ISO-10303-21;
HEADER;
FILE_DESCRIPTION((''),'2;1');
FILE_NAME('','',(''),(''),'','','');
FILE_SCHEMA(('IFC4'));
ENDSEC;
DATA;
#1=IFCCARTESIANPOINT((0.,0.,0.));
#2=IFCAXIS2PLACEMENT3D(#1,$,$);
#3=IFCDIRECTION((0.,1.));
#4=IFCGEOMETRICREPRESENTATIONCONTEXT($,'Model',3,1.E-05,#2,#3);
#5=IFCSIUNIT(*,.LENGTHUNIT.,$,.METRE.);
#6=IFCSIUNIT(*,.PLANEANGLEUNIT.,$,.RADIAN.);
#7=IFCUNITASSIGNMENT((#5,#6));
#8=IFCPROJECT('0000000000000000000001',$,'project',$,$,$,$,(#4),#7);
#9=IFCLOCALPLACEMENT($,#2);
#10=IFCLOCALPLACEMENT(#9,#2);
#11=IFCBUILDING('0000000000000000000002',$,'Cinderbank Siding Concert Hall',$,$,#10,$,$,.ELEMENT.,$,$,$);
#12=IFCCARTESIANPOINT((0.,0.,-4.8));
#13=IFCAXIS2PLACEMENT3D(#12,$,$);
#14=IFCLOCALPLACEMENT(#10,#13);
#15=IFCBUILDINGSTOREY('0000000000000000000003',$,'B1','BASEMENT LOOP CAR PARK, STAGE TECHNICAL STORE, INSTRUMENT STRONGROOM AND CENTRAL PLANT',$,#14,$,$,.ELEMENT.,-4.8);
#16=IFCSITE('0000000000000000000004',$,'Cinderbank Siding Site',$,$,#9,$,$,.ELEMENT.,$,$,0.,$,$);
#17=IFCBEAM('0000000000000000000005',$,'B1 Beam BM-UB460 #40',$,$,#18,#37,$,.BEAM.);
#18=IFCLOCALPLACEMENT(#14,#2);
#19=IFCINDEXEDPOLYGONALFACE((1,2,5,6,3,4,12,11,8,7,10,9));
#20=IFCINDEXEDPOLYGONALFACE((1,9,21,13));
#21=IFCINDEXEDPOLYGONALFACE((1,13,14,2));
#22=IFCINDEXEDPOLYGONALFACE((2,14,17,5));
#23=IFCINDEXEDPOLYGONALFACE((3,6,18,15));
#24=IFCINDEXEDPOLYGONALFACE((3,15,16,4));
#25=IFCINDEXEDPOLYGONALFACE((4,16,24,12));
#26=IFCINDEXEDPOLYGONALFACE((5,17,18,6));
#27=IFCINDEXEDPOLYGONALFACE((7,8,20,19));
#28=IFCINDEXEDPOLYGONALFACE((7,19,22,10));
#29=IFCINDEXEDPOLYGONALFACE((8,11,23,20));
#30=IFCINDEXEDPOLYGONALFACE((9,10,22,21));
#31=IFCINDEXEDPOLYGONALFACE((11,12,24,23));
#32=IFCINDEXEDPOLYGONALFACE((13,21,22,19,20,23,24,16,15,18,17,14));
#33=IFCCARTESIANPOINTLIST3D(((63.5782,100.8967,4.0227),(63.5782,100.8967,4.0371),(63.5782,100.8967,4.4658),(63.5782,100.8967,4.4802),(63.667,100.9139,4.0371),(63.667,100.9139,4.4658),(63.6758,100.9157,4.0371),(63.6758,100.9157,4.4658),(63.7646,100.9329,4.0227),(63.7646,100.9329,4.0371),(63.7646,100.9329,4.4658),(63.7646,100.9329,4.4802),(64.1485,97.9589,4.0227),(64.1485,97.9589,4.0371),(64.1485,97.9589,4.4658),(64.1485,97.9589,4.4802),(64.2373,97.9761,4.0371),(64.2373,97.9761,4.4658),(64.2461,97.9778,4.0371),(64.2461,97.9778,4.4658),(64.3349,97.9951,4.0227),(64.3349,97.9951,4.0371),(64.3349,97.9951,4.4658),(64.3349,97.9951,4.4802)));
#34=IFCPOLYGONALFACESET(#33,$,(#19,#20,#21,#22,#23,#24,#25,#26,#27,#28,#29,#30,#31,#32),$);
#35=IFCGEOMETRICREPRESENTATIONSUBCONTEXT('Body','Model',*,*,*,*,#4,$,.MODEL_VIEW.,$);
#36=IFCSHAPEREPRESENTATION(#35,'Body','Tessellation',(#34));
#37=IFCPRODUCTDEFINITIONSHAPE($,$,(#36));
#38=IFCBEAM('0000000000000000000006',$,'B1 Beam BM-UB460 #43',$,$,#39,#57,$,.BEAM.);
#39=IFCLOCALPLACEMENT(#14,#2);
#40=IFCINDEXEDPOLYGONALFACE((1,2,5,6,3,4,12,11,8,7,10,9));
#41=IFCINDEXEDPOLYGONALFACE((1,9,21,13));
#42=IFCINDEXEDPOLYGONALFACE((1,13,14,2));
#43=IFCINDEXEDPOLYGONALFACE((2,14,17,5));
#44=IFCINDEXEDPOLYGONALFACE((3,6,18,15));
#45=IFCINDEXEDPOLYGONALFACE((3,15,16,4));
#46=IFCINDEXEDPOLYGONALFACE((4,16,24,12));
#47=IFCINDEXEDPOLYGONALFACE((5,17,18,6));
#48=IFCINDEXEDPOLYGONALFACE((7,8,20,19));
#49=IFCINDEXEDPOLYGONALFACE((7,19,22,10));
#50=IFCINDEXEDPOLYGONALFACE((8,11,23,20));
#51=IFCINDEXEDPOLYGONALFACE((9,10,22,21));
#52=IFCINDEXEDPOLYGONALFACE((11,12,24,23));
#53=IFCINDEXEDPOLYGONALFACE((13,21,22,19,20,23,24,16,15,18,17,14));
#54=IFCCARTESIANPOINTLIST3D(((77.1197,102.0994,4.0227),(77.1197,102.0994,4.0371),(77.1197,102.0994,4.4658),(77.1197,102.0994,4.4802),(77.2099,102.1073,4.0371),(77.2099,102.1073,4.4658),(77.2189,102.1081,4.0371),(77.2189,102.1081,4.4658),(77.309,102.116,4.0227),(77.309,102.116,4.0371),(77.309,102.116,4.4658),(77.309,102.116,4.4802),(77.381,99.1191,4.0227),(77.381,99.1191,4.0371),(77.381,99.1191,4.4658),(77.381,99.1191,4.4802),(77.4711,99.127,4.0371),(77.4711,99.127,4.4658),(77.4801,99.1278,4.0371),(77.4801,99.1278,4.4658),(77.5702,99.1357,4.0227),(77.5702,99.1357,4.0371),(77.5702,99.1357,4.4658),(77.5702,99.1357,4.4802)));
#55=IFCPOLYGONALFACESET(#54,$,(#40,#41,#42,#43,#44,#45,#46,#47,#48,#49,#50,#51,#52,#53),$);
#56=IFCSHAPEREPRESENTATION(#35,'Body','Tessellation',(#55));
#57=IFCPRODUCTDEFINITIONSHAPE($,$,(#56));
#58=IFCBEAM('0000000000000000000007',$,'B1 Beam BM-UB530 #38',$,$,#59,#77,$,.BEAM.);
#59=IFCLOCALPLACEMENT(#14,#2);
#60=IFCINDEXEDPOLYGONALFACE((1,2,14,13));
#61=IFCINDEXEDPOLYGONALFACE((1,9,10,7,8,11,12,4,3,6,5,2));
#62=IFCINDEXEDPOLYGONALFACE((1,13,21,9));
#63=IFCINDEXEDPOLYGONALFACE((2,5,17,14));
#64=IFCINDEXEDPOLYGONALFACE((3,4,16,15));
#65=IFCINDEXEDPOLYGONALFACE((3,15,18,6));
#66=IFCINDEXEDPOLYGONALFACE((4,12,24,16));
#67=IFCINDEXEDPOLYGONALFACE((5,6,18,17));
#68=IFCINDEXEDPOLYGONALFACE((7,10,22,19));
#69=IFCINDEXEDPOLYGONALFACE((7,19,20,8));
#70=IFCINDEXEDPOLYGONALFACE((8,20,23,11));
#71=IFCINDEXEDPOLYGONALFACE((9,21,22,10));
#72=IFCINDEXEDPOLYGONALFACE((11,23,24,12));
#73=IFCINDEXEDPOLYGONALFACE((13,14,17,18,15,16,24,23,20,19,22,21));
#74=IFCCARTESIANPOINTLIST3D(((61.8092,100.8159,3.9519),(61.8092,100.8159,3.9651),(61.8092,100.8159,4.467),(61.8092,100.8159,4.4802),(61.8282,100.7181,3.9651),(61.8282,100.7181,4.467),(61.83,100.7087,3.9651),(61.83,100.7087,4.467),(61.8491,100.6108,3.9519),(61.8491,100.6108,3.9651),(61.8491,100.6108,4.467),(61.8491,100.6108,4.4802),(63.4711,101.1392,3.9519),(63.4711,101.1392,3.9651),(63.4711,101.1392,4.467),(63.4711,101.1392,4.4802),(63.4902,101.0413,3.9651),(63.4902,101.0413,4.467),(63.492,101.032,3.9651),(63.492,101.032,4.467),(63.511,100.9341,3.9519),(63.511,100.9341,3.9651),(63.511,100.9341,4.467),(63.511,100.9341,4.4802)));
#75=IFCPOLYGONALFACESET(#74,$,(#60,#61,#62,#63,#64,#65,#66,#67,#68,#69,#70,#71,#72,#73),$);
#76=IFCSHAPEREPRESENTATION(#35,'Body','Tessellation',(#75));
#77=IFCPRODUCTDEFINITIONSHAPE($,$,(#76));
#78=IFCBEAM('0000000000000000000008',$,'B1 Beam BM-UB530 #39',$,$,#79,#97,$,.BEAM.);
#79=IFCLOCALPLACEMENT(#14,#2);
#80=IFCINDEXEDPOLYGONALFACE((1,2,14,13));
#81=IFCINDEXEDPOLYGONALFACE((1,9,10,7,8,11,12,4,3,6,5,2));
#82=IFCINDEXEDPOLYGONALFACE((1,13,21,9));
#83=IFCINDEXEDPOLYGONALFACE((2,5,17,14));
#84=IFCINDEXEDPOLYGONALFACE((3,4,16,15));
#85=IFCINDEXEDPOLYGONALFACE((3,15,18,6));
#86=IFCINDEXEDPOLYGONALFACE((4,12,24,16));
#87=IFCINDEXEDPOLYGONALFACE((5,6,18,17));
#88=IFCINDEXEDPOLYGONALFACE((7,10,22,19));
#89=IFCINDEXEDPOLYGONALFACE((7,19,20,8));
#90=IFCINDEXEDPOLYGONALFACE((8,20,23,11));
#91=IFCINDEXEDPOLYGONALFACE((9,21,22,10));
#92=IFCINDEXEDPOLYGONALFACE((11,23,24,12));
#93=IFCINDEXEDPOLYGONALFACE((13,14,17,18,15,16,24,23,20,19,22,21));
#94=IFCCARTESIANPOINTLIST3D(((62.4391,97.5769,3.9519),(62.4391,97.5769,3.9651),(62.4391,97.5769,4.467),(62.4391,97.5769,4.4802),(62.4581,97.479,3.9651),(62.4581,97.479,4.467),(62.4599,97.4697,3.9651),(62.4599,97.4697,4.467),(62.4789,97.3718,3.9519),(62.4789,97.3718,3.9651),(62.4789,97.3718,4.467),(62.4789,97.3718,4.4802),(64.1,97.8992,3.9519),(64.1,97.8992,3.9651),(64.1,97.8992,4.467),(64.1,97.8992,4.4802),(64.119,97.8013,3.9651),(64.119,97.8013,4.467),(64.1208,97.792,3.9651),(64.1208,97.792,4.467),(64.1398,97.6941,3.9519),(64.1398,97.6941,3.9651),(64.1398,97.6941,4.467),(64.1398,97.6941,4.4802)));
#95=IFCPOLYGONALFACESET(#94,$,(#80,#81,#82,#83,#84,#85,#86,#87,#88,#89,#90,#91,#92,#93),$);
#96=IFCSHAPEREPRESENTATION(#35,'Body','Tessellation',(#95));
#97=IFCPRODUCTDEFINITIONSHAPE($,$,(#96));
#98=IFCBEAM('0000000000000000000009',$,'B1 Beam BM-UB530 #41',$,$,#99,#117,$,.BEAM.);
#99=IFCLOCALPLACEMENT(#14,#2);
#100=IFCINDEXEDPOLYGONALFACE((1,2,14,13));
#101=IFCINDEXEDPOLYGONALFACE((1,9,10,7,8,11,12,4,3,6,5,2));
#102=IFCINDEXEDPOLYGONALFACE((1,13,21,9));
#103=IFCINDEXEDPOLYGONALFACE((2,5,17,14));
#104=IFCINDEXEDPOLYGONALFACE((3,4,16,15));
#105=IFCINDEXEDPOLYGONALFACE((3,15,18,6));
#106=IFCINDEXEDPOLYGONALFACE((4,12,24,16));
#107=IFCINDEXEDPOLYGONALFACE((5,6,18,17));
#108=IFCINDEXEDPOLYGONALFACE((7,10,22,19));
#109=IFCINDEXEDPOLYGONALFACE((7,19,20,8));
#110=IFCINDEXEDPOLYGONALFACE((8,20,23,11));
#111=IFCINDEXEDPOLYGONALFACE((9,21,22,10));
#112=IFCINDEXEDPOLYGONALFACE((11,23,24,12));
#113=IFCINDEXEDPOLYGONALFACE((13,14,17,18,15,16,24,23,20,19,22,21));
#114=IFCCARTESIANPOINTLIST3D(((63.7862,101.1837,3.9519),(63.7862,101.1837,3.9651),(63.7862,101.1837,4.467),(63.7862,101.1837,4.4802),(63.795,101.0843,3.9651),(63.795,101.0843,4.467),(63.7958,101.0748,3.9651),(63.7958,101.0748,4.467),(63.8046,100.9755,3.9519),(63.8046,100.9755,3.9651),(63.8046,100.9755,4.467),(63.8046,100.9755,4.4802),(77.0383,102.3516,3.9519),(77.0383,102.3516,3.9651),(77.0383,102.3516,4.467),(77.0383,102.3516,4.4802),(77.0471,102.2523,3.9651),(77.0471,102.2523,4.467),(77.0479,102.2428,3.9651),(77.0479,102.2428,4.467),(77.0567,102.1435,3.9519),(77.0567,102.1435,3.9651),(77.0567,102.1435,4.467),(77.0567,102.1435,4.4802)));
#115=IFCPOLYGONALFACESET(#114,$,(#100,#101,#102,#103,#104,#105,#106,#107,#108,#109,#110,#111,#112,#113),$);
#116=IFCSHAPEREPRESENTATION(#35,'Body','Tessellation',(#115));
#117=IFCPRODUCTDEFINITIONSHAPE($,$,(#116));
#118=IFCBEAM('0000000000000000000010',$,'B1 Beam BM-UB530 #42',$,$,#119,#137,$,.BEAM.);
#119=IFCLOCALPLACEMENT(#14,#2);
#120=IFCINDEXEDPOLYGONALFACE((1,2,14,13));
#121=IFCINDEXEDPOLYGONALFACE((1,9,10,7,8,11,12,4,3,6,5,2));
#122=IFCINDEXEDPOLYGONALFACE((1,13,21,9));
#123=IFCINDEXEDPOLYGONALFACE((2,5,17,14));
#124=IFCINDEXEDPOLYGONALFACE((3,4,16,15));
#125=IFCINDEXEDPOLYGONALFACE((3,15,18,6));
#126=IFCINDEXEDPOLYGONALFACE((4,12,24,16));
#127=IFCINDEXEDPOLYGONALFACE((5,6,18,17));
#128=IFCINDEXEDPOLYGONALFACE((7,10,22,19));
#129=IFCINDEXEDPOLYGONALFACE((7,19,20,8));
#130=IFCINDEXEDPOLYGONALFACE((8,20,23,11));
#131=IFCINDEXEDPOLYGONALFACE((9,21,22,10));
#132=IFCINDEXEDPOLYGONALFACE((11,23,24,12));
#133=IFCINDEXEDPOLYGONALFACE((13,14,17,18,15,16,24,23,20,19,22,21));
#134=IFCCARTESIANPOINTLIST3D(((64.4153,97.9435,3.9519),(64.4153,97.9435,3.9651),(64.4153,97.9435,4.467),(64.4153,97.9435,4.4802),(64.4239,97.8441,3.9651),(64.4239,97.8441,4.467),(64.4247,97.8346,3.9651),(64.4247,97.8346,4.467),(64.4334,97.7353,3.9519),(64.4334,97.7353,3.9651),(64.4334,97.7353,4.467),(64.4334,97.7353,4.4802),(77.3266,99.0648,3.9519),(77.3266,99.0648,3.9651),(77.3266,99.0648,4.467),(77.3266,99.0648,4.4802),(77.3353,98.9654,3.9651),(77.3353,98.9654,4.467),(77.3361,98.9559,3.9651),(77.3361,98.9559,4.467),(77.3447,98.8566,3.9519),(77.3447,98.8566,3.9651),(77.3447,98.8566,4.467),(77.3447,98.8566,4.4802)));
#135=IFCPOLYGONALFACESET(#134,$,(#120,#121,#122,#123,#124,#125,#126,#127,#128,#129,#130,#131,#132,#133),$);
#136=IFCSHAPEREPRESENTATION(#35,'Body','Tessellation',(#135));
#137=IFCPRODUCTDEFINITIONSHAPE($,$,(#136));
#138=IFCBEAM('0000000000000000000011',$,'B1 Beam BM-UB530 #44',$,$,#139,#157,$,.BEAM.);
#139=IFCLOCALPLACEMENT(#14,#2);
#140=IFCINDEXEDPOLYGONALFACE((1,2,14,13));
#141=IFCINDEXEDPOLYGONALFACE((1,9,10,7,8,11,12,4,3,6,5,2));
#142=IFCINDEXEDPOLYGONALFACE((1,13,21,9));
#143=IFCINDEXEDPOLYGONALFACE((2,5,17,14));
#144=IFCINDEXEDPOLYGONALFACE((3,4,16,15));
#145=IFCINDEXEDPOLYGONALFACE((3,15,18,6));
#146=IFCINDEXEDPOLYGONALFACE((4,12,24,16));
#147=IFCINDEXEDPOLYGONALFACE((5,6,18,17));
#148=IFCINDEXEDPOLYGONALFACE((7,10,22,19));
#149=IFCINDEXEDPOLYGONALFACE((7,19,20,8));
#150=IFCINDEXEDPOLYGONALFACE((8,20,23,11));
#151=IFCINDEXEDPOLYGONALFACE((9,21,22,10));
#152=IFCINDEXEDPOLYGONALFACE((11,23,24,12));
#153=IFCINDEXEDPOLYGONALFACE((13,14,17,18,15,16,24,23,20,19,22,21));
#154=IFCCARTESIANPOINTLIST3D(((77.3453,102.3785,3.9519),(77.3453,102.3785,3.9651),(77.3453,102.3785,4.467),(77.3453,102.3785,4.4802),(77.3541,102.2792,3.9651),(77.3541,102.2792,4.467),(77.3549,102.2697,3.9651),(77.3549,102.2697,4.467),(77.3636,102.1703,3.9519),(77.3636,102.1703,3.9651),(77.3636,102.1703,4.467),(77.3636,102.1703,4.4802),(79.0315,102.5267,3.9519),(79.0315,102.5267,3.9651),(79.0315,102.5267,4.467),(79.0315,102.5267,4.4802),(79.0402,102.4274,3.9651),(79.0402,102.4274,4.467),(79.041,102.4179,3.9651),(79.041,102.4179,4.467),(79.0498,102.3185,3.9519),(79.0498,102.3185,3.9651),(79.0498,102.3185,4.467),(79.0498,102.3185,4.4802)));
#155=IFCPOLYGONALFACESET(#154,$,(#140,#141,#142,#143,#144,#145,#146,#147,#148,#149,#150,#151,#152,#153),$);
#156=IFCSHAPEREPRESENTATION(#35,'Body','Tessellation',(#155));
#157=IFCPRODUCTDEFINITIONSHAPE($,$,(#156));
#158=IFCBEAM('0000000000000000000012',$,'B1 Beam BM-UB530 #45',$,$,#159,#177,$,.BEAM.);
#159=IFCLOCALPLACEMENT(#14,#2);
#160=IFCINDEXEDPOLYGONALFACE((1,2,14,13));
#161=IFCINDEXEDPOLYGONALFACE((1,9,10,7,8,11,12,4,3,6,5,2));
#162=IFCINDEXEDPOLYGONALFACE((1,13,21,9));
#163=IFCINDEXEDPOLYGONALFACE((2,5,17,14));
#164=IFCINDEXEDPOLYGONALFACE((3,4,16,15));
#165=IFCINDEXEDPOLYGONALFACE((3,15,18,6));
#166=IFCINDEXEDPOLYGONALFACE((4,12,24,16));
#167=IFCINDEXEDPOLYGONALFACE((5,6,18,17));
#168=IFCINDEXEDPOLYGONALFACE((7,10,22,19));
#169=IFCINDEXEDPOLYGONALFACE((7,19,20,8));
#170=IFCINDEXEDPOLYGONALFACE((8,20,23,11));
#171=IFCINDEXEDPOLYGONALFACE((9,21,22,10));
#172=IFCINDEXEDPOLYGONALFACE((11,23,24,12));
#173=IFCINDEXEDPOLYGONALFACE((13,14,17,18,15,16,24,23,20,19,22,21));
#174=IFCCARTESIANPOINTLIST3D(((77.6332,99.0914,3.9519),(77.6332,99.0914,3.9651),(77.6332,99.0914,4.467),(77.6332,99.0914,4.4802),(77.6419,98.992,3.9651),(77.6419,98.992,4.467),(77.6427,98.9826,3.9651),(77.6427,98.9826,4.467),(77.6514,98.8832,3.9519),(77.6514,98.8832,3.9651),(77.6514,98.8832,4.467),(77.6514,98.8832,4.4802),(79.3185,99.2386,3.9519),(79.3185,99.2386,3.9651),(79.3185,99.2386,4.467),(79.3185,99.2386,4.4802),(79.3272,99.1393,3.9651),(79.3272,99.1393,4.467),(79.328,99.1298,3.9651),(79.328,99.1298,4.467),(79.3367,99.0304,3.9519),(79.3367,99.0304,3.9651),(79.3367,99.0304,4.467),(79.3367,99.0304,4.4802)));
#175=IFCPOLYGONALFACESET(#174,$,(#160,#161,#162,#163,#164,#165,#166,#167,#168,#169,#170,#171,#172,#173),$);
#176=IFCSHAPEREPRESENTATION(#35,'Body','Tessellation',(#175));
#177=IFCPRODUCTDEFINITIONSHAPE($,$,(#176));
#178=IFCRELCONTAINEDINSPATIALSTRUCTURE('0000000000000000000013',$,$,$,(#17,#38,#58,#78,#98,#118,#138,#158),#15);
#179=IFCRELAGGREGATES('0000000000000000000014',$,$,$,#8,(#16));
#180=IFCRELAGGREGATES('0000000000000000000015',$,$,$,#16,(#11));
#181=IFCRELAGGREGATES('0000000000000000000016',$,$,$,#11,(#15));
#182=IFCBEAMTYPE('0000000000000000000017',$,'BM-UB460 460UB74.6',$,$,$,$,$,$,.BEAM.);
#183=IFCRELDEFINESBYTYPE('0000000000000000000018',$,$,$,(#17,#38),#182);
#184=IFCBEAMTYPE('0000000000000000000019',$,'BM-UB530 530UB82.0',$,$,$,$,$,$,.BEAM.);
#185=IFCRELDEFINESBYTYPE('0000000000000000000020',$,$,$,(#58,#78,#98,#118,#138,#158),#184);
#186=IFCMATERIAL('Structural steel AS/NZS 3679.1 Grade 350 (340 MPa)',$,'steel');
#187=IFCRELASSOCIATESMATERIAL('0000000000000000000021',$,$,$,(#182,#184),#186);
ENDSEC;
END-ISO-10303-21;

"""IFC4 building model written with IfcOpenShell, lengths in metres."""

from ifc_helpers import new_model, si_unit, direction, frame, origin, origin_2d, place, context, subcontext, project, spatial, i_section, extrude, material, material_profile, profile_set, type_object, element, save


model = new_model("IFC4")

# Units and contexts
model_context = context("Model", 3, precision=1e-05, world=origin(), true_north=direction((0.0, 1.0)))
body_context = subcontext(model_context, "Body", "Model", "MODEL_VIEW")
ifc_project = project(units=[si_unit("LENGTHUNIT", "METRE"), si_unit("PLANEANGLEUNIT", "RADIAN")], contexts=[model_context])

# Site, building, storey
site_placement = place(None, origin())
site = spatial("IfcSite", under=ifc_project, at=site_placement, Name="Cinderbank Siding Site", CompositionType="ELEMENT", RefElevation=0.0)
building_placement = place(site_placement, origin())
building = spatial("IfcBuilding", under=site, at=building_placement, Name="Cinderbank Siding Concert Hall", CompositionType="ELEMENT")
storey_placement = place(building_placement, frame((0.0, 0.0, -4.8)))
storey = spatial("IfcBuildingStorey", under=building, at=storey_placement, Name="B1", Description="BASEMENT LOOP CAR PARK, STAGE TECHNICAL STORE, INSTRUMENT STRONGROOM AND CENTRAL PLANT", CompositionType="ELEMENT", Elevation=-4.8)

# Beams
ifc_material_1 = material(Name="Structural steel AS/NZS 3679.1 Grade 350 (340 MPa)", Category="steel")
ifc_material_profile_1 = material_profile(ifc_material_1, i_section(OverallWidth=0.1899, OverallDepth=0.4575, WebThickness=0.009, FlangeThickness=0.0144, at=origin_2d()), Name="460UB74.6", Category="LoadBearing")
ifc_profile_set_1 = profile_set([ifc_material_profile_1], Name="Structural steel AS/NZS 3679.1 Grade 350 (340 MPa)")
beam_type_1 = type_object("IfcBeamType", Name="BM-UB460 460UB74.6", PredefinedType="BEAM", material=ifc_profile_set_1)
beam_1_placement = place(storey_placement, frame((63.6714, 100.9148, 4.2515), z_axis=(0.190575, -0.981673, 0.0), x_axis=(0.981673, 0.190575, 0.0)))
element("IfcBeam", 1, at=beam_1_placement, inside=storey, type_object=beam_type_1, Name="B1 Beam BM-UB460 #40", PredefinedType="BEAM", context=body_context, shape_type="SweptSolid", body=[
    extrude(i_section(OverallWidth=0.1899, OverallDepth=0.4575, WebThickness=0.009, FlangeThickness=0.0144, at=origin_2d()), origin(), (0.0, 0.0, 1.0), 2.9927),
])
beam_2_placement = place(storey_placement, frame((77.2144, 102.1077, 4.2515), z_axis=(0.08732, -0.99618, 0.0), x_axis=(0.99618, 0.08732, 0.0)))
element("IfcBeam", 2, at=beam_2_placement, inside=storey, type_object=beam_type_1, Name="B1 Beam BM-UB460 #43", PredefinedType="BEAM", context=body_context, shape_type="SweptSolid", body=[
    extrude(i_section(OverallWidth=0.1899, OverallDepth=0.4575, WebThickness=0.009, FlangeThickness=0.0144, at=origin_2d()), origin(), (0.0, 0.0, 1.0), 2.9917),
])
ifc_material_profile_2 = material_profile(ifc_material_1, i_section(OverallWidth=0.209, OverallDepth=0.5283, WebThickness=0.0095, FlangeThickness=0.0132, at=origin_2d()), Name="530UB82.0", Category="LoadBearing")
ifc_profile_set_2 = profile_set([ifc_material_profile_2], Name="Structural steel AS/NZS 3679.1 Grade 350 (340 MPa)")
beam_type_2 = type_object("IfcBeamType", Name="BM-UB530 530UB82.0", PredefinedType="BEAM", material=ifc_profile_set_2)
beam_3_placement = place(storey_placement, frame((61.8291, 100.7134, 4.2161), z_axis=(0.981604, 0.190928, 0.0), x_axis=(-0.190928, 0.981604, 0.0)))
element("IfcBeam", 3, at=beam_3_placement, inside=storey, type_object=beam_type_2, Name="B1 Beam BM-UB530 #38", PredefinedType="BEAM", context=body_context, shape_type="SweptSolid", body=[
    extrude(i_section(OverallWidth=0.209, OverallDepth=0.5283, WebThickness=0.0095, FlangeThickness=0.0132, at=origin_2d()), origin(), (0.0, 0.0, 1.0), 1.6931),
])
beam_4_placement = place(storey_placement, frame((62.459, 97.4744, 4.2161), z_axis=(0.981691, 0.19048, 0.0), x_axis=(-0.19048, 0.981691, 0.0)))
element("IfcBeam", 4, at=beam_4_placement, inside=storey, type_object=beam_type_2, Name="B1 Beam BM-UB530 #39", PredefinedType="BEAM", context=body_context, shape_type="SweptSolid", body=[
    extrude(i_section(OverallWidth=0.209, OverallDepth=0.5283, WebThickness=0.0095, FlangeThickness=0.0132, at=origin_2d()), origin(), (0.0, 0.0, 1.0), 1.6919),
])
beam_5_placement = place(storey_placement, frame((63.7954, 101.0796, 4.2161), z_axis=(0.996139, 0.087794, 0.0), x_axis=(-0.087794, 0.996139, 0.0)))
element("IfcBeam", 5, at=beam_5_placement, inside=storey, type_object=beam_type_2, Name="B1 Beam BM-UB530 #41", PredefinedType="BEAM", context=body_context, shape_type="SweptSolid", body=[
    extrude(i_section(OverallWidth=0.209, OverallDepth=0.5283, WebThickness=0.0095, FlangeThickness=0.0132, at=origin_2d()), origin(), (0.0, 0.0, 1.0), 13.3035),
])
beam_6_placement = place(storey_placement, frame((64.4243, 97.8394, 4.2161), z_axis=(0.99625, 0.086523, 0.0), x_axis=(-0.086523, 0.99625, 0.0)))
element("IfcBeam", 6, at=beam_6_placement, inside=storey, type_object=beam_type_2, Name="B1 Beam BM-UB530 #42", PredefinedType="BEAM", context=body_context, shape_type="SweptSolid", body=[
    extrude(i_section(OverallWidth=0.209, OverallDepth=0.5283, WebThickness=0.0095, FlangeThickness=0.0132, at=origin_2d()), origin(), (0.0, 0.0, 1.0), 12.96),
])
beam_7_placement = place(storey_placement, frame((77.3545, 102.2744, 4.2161), z_axis=(0.99616, 0.087557, 0.0), x_axis=(-0.087557, 0.99616, 0.0)))
element("IfcBeam", 7, at=beam_7_placement, inside=storey, type_object=beam_type_2, Name="B1 Beam BM-UB530 #44", PredefinedType="BEAM", context=body_context, shape_type="SweptSolid", body=[
    extrude(i_section(OverallWidth=0.209, OverallDepth=0.5283, WebThickness=0.0095, FlangeThickness=0.0132, at=origin_2d()), origin(), (0.0, 0.0, 1.0), 1.6926),
])
beam_8_placement = place(storey_placement, frame((77.6423, 98.9873, 4.2161), z_axis=(0.996206, 0.087022, 0.0), x_axis=(-0.087022, 0.996206, 0.0)))
element("IfcBeam", 8, at=beam_8_placement, inside=storey, type_object=beam_type_2, Name="B1 Beam BM-UB530 #45", PredefinedType="BEAM", context=body_context, shape_type="SweptSolid", body=[
    extrude(i_section(OverallWidth=0.209, OverallDepth=0.5283, WebThickness=0.0095, FlangeThickness=0.0132, at=origin_2d()), origin(), (0.0, 0.0, 1.0), 1.6917),
])

save(model, "model.ifc")
